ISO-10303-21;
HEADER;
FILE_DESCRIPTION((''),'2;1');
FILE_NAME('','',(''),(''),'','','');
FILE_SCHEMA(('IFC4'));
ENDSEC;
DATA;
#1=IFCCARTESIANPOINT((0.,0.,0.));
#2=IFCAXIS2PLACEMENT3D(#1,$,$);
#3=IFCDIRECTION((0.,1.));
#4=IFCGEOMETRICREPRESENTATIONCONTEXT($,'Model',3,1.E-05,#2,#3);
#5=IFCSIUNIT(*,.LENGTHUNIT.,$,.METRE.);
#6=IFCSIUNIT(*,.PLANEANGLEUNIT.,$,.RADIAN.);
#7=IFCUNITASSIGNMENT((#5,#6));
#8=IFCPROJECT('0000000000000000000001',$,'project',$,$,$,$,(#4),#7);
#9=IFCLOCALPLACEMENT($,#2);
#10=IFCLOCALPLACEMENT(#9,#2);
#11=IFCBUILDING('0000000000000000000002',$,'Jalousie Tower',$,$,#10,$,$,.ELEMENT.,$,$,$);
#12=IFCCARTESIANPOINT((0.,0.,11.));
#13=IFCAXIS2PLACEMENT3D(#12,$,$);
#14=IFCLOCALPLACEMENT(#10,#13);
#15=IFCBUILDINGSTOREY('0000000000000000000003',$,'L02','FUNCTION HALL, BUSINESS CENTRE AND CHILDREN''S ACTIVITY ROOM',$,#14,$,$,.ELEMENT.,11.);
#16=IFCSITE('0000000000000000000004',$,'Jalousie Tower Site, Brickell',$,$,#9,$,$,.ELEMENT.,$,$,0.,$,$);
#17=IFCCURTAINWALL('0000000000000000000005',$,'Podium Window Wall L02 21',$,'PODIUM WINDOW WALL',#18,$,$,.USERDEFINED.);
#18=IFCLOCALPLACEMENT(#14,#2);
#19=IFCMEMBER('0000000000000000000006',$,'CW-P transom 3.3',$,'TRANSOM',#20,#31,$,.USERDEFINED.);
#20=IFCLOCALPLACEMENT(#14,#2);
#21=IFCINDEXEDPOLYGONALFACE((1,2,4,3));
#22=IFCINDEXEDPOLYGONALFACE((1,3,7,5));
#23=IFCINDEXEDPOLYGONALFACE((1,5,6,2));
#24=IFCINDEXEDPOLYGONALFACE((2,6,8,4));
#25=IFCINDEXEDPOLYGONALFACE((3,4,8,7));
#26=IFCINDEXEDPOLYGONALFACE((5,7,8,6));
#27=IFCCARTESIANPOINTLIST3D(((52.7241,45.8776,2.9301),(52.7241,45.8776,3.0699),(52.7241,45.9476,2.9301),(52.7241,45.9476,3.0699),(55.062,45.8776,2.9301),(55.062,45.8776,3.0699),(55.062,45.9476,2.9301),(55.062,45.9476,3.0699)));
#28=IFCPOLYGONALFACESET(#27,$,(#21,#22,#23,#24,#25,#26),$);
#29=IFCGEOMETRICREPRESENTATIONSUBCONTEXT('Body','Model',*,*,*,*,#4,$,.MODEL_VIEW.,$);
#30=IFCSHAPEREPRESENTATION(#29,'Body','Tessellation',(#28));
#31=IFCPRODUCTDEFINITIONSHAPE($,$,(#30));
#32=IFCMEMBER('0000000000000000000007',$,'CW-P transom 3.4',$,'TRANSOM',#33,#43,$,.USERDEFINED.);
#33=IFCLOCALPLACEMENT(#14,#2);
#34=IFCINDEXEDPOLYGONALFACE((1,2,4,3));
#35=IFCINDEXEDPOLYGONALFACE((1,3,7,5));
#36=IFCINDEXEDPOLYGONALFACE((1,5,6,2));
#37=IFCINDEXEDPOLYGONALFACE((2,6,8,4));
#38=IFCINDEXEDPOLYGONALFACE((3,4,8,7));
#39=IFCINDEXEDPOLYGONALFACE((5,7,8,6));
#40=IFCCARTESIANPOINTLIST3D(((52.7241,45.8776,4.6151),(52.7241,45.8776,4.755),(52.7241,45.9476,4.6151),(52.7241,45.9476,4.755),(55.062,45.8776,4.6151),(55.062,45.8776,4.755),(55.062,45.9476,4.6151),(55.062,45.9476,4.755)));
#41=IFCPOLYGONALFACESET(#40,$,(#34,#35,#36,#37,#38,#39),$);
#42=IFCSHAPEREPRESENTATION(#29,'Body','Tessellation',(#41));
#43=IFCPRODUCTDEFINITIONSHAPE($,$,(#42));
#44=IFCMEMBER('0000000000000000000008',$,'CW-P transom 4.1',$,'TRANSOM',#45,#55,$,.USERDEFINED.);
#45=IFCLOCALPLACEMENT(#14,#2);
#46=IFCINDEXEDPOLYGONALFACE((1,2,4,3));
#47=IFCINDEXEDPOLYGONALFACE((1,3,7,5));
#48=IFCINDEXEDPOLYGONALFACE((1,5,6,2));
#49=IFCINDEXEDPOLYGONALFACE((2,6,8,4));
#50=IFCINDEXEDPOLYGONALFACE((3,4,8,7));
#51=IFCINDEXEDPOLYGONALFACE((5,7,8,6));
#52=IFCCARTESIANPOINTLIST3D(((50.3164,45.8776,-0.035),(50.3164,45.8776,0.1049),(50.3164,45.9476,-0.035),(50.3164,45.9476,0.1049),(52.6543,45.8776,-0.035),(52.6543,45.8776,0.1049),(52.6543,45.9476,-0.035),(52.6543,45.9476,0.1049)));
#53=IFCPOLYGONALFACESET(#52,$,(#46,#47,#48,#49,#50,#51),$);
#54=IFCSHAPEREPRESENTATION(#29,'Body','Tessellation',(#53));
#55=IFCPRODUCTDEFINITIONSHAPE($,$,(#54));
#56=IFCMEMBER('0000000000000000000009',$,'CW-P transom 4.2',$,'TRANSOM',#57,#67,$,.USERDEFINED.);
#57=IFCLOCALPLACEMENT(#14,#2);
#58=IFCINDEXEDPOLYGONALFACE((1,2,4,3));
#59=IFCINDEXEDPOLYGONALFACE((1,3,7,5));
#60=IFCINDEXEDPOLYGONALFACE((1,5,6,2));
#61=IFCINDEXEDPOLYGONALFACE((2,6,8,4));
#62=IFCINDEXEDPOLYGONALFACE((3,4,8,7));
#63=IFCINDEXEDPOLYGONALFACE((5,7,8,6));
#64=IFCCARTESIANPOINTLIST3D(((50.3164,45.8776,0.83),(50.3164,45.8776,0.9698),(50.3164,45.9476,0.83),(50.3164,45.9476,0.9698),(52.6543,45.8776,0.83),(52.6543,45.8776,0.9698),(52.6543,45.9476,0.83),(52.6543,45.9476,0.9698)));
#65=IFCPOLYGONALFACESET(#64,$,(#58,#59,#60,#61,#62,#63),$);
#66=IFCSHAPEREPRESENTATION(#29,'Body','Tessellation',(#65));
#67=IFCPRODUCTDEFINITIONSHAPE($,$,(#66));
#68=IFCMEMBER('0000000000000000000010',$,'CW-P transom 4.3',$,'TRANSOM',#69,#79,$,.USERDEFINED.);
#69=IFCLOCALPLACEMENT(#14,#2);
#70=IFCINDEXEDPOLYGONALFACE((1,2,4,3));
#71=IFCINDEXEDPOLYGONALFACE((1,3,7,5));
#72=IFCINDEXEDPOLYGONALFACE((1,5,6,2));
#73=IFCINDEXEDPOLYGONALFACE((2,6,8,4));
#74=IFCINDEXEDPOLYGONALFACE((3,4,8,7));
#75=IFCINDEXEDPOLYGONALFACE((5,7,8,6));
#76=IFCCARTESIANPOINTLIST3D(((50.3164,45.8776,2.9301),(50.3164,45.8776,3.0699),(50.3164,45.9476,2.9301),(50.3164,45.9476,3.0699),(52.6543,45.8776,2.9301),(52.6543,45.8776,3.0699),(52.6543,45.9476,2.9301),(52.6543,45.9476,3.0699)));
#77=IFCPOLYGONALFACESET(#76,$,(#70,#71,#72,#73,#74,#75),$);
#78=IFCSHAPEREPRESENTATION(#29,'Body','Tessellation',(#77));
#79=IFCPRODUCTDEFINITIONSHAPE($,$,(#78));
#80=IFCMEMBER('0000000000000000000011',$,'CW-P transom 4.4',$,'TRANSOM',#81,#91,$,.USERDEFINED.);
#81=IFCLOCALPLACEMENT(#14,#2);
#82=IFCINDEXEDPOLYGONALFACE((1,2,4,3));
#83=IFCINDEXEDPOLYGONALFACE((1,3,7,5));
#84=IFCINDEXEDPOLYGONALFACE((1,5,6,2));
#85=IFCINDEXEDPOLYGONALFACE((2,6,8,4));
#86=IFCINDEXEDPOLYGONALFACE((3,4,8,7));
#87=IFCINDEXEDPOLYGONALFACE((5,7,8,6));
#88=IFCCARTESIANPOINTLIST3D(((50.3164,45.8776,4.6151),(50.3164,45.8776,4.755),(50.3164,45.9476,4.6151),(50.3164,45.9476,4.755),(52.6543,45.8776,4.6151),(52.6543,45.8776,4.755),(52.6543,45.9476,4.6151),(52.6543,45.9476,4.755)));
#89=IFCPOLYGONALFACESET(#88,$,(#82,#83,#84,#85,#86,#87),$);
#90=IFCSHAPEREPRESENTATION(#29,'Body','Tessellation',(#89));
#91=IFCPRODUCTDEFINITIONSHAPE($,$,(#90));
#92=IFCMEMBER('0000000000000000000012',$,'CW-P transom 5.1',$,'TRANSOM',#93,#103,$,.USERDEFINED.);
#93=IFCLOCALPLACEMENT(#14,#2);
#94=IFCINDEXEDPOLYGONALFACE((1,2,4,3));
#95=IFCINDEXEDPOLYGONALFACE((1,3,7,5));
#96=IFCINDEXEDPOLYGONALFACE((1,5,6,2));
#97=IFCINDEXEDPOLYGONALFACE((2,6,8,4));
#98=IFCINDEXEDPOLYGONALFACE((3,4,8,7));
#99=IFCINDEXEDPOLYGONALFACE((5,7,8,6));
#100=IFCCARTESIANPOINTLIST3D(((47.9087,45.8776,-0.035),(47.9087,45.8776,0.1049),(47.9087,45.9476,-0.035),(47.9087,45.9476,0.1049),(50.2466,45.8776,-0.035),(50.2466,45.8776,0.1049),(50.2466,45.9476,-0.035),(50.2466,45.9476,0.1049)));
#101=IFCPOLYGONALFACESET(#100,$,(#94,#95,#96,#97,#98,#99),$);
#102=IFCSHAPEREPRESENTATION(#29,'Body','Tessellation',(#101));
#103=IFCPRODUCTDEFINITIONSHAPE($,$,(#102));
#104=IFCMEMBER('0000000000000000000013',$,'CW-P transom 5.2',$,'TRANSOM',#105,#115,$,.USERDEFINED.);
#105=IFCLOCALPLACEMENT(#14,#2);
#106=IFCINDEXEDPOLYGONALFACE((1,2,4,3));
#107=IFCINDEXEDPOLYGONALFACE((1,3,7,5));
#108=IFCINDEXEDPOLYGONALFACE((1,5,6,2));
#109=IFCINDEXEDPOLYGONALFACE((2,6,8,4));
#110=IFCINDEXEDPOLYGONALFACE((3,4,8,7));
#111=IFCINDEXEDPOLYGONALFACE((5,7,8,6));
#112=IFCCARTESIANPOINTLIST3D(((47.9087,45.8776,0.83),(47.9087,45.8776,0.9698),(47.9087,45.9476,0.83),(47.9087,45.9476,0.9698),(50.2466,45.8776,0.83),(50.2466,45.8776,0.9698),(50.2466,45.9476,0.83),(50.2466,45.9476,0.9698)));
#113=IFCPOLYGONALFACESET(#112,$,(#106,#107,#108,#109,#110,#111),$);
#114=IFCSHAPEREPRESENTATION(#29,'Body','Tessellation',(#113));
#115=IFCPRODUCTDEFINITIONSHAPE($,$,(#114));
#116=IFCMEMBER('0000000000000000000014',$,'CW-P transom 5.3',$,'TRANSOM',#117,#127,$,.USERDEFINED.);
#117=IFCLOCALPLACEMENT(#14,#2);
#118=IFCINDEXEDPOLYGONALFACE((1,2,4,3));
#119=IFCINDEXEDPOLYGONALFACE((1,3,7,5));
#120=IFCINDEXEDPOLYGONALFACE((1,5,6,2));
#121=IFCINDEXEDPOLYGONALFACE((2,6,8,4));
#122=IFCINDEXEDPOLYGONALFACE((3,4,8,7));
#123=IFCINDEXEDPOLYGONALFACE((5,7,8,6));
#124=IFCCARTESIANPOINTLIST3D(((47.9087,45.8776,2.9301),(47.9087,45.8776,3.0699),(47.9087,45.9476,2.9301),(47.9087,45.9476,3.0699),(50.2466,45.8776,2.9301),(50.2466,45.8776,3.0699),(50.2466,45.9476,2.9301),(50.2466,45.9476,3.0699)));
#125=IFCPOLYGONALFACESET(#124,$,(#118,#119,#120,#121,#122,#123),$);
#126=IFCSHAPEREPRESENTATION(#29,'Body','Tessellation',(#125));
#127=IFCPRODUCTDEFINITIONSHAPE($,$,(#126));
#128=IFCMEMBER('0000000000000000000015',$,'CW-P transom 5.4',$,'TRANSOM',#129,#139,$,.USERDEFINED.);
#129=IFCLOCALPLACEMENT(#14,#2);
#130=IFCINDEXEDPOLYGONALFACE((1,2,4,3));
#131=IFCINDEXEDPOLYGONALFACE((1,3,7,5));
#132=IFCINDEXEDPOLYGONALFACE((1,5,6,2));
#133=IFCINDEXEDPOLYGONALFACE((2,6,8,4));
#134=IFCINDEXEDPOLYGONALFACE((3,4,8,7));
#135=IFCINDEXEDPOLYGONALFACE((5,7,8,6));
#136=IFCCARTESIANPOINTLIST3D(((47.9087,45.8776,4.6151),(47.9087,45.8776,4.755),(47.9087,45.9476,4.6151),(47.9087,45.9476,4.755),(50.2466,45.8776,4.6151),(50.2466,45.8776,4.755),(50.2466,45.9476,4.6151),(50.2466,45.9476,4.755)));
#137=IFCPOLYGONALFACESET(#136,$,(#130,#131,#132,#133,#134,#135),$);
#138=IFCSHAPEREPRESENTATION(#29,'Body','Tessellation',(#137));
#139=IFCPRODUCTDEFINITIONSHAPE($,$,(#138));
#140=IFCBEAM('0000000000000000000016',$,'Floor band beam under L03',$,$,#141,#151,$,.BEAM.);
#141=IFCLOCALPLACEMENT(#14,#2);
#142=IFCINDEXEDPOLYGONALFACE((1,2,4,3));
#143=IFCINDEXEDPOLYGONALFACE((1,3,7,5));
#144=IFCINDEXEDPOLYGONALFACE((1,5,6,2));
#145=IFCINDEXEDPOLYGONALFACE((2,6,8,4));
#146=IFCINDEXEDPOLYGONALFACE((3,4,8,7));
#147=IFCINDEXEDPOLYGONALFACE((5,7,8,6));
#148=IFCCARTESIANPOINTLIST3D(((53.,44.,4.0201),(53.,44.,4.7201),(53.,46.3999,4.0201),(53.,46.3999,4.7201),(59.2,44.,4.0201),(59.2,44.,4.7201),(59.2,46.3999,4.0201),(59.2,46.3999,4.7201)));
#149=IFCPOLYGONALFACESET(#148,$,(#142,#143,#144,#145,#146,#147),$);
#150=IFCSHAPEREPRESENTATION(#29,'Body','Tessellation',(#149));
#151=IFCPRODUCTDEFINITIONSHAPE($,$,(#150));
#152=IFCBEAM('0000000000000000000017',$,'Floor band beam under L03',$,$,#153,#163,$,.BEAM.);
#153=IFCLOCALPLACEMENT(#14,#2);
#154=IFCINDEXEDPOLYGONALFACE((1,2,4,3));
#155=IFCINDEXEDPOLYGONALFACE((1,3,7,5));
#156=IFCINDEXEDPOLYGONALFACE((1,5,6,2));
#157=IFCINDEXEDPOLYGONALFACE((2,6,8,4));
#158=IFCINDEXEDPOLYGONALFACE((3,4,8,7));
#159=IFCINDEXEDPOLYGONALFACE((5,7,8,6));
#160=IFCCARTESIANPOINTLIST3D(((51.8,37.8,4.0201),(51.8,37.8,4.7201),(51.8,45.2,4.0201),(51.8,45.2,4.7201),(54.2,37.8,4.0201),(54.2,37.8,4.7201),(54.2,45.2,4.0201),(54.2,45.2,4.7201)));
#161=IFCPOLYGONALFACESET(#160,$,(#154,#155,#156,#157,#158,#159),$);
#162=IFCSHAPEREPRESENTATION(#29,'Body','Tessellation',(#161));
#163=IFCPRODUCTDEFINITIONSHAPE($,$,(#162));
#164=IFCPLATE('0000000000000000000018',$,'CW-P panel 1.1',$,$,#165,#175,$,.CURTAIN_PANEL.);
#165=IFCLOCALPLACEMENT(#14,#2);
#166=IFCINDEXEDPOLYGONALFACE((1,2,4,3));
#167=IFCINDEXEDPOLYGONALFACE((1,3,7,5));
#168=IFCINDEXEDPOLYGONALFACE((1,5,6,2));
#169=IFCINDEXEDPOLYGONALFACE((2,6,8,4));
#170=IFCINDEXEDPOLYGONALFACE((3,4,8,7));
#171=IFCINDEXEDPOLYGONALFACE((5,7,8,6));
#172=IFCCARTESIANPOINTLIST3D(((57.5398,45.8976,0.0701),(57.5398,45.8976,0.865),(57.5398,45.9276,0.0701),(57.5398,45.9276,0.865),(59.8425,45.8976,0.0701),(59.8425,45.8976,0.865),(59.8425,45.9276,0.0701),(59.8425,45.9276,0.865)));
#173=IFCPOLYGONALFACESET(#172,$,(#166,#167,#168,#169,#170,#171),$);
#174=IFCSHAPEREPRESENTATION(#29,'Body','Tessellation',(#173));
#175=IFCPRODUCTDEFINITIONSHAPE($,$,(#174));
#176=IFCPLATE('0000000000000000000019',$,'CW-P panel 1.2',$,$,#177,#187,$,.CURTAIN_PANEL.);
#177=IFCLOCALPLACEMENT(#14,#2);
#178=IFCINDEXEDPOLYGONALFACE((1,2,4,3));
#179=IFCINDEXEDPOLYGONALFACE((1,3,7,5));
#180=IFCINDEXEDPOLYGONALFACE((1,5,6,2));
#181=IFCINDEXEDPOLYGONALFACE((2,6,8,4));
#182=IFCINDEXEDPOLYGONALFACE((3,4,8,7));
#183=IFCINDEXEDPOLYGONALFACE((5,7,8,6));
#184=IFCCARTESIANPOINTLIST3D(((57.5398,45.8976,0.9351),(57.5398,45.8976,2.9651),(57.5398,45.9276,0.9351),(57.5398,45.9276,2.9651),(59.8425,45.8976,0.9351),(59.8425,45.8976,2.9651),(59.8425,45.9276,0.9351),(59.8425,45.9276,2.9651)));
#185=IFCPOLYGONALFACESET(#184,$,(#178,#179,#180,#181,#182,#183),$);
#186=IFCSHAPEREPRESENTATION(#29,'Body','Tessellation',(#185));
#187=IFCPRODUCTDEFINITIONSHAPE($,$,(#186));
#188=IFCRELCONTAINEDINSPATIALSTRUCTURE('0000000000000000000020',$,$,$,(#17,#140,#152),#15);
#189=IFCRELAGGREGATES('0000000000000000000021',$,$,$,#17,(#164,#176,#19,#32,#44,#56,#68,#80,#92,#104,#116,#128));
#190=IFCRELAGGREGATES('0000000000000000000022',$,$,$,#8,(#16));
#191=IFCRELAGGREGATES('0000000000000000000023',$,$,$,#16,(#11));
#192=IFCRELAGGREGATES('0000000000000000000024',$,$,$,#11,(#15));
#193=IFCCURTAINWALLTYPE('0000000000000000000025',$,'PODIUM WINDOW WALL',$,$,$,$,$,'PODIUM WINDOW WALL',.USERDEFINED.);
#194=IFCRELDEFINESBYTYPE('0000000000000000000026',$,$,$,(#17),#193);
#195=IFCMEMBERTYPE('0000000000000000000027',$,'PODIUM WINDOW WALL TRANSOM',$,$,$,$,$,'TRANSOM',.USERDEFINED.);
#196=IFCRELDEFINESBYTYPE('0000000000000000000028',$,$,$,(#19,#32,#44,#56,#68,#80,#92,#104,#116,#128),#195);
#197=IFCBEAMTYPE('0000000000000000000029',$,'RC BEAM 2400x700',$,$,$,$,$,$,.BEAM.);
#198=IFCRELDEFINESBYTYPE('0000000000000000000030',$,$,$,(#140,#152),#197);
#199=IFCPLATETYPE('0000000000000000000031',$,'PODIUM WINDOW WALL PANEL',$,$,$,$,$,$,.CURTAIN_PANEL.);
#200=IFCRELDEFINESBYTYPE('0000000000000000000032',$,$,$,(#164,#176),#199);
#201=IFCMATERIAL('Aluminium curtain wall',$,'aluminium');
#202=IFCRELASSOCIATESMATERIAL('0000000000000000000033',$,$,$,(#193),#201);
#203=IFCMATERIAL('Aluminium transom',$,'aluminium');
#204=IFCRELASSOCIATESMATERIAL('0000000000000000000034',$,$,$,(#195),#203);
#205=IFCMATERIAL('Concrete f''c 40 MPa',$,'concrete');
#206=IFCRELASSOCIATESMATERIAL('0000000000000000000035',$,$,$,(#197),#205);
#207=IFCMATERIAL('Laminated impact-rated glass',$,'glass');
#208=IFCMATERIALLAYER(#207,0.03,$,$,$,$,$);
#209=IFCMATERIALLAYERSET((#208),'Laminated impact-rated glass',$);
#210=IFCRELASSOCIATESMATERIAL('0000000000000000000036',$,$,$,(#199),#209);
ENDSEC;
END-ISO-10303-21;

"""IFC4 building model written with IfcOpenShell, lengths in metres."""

from ifc_helpers import new_model, si_unit, direction, frame, origin, origin_2d, place, context, subcontext, project, spatial, rectangle, extrude, material, layer, layer_set, material_profile, profile_set, type_object, element, aggregate, save


model = new_model("IFC4")

# Units and contexts
model_context = context("Model", 3, precision=1e-05, world=origin(), true_north=direction((0.0, 1.0)))
body_context = subcontext(model_context, "Body", "Model", "MODEL_VIEW")
ifc_project = project(units=[si_unit("LENGTHUNIT", "METRE"), si_unit("PLANEANGLEUNIT", "RADIAN")], contexts=[model_context])

# Site, building, storey
site_placement = place(None, origin())
site = spatial("IfcSite", under=ifc_project, at=site_placement, Name="Jalousie Tower Site, Brickell", CompositionType="ELEMENT", RefElevation=0.0)
building_placement = place(site_placement, origin())
building = spatial("IfcBuilding", under=site, at=building_placement, Name="Jalousie Tower", CompositionType="ELEMENT")
storey_placement = place(building_placement, frame((0.0, 0.0, 11.0)))
storey = spatial("IfcBuildingStorey", under=building, at=storey_placement, Name="L02", Description="FUNCTION HALL, BUSINESS CENTRE AND CHILDREN'S ACTIVITY ROOM", CompositionType="ELEMENT", Elevation=11.0)

# Curtain wall, members
ifc_material_1 = material(Name="Aluminium curtain wall", Category="aluminium")
curtain_wall_type = type_object("IfcCurtainWallType", Name="PODIUM WINDOW WALL", ElementType="PODIUM WINDOW WALL", PredefinedType="USERDEFINED", material=ifc_material_1)
curtain_wall_placement = place(storey_placement, origin())
curtain_wall = element("IfcCurtainWall", 1, at=curtain_wall_placement, inside=storey, type_object=curtain_wall_type, Name="Podium Window Wall L02 21", ObjectType="PODIUM WINDOW WALL", PredefinedType="USERDEFINED")
ifc_material_2 = material(Name="Aluminium transom", Category="aluminium")
ifc_material_profile_1 = material_profile(ifc_material_2, rectangle(XDim=0.0701, YDim=0.1399, at=origin_2d()), Name="TRANSOM 70x140")
ifc_profile_set_1 = profile_set([ifc_material_profile_1], Name="Aluminium transom")
member_type_1 = type_object("IfcMemberType", Name="PODIUM WINDOW WALL TRANSOM", ElementType="TRANSOM", PredefinedType="USERDEFINED", material=ifc_profile_set_1)
member_1_placement = place(storey_placement, frame((55.062, 45.9126, 3.0), z_axis=(-1.0, 0.0, 0.0), x_axis=(0.0, -1.0, 0.0)))
member_1 = element("IfcMember", 2, at=member_1_placement, type_object=member_type_1, Name="CW-P transom 3.3", ObjectType="TRANSOM", PredefinedType="USERDEFINED", context=body_context, shape_type="SweptSolid", body=[
    extrude(rectangle(XDim=0.0701, YDim=0.1399, at=origin_2d()), origin(), (0.0, 0.0, 1.0), 2.3379),
])
member_2_placement = place(storey_placement, frame((55.062, 45.9126, 4.6851), z_axis=(-1.0, 0.0, 0.0), x_axis=(0.0, -1.0, 0.0)))
member_2 = element("IfcMember", 3, at=member_2_placement, type_object=member_type_1, Name="CW-P transom 3.4", ObjectType="TRANSOM", PredefinedType="USERDEFINED", context=body_context, shape_type="SweptSolid", body=[
    extrude(rectangle(XDim=0.0701, YDim=0.1399, at=origin_2d()), origin(), (0.0, 0.0, 1.0), 2.3379),
])
member_3_placement = place(storey_placement, frame((52.6543, 45.9126, 0.0349), z_axis=(-1.0, 0.0, 0.0), x_axis=(0.0, -1.0, 0.0)))
member_3 = element("IfcMember", 4, at=member_3_placement, type_object=member_type_1, Name="CW-P transom 4.1", ObjectType="TRANSOM", PredefinedType="USERDEFINED", context=body_context, shape_type="SweptSolid", body=[
    extrude(rectangle(XDim=0.0701, YDim=0.1399, at=origin_2d()), origin(), (0.0, 0.0, 1.0), 2.3379),
])
member_4_placement = place(storey_placement, frame((52.6543, 45.9126, 0.8999), z_axis=(-1.0, 0.0, 0.0), x_axis=(0.0, -1.0, 0.0)))
member_4 = element("IfcMember", 5, at=member_4_placement, type_object=member_type_1, Name="CW-P transom 4.2", ObjectType="TRANSOM", PredefinedType="USERDEFINED", context=body_context, shape_type="SweptSolid", body=[
    extrude(rectangle(XDim=0.0701, YDim=0.1399, at=origin_2d()), origin(), (0.0, 0.0, 1.0), 2.3379),
])
member_5_placement = place(storey_placement, frame((52.6543, 45.9126, 3.0), z_axis=(-1.0, 0.0, 0.0), x_axis=(0.0, -1.0, 0.0)))
member_5 = element("IfcMember", 6, at=member_5_placement, type_object=member_type_1, Name="CW-P transom 4.3", ObjectType="TRANSOM", PredefinedType="USERDEFINED", context=body_context, shape_type="SweptSolid", body=[
    extrude(rectangle(XDim=0.0701, YDim=0.1399, at=origin_2d()), origin(), (0.0, 0.0, 1.0), 2.3379),
])
member_6_placement = place(storey_placement, frame((52.6543, 45.9126, 4.6851), z_axis=(-1.0, 0.0, 0.0), x_axis=(0.0, -1.0, 0.0)))
member_6 = element("IfcMember", 7, at=member_6_placement, type_object=member_type_1, Name="CW-P transom 4.4", ObjectType="TRANSOM", PredefinedType="USERDEFINED", context=body_context, shape_type="SweptSolid", body=[
    extrude(rectangle(XDim=0.0701, YDim=0.1399, at=origin_2d()), origin(), (0.0, 0.0, 1.0), 2.3379),
])
member_7_placement = place(storey_placement, frame((50.2466, 45.9126, 0.0349), z_axis=(-1.0, 0.0, 0.0), x_axis=(0.0, -1.0, 0.0)))
member_7 = element("IfcMember", 8, at=member_7_placement, type_object=member_type_1, Name="CW-P transom 5.1", ObjectType="TRANSOM", PredefinedType="USERDEFINED", context=body_context, shape_type="SweptSolid", body=[
    extrude(rectangle(XDim=0.0701, YDim=0.1399, at=origin_2d()), origin(), (0.0, 0.0, 1.0), 2.3379),
])
member_8_placement = place(storey_placement, frame((50.2466, 45.9126, 0.8999), z_axis=(-1.0, 0.0, 0.0), x_axis=(0.0, -1.0, 0.0)))
member_8 = element("IfcMember", 9, at=member_8_placement, type_object=member_type_1, Name="CW-P transom 5.2", ObjectType="TRANSOM", PredefinedType="USERDEFINED", context=body_context, shape_type="SweptSolid", body=[
    extrude(rectangle(XDim=0.0701, YDim=0.1399, at=origin_2d()), origin(), (0.0, 0.0, 1.0), 2.3379),
])
member_9_placement = place(storey_placement, frame((50.2466, 45.9126, 3.0), z_axis=(-1.0, 0.0, 0.0), x_axis=(0.0, -1.0, 0.0)))
member_9 = element("IfcMember", 10, at=member_9_placement, type_object=member_type_1, Name="CW-P transom 5.3", ObjectType="TRANSOM", PredefinedType="USERDEFINED", context=body_context, shape_type="SweptSolid", body=[
    extrude(rectangle(XDim=0.0701, YDim=0.1399, at=origin_2d()), origin(), (0.0, 0.0, 1.0), 2.3379),
])
member_10_placement = place(storey_placement, frame((50.2466, 45.9126, 4.6851), z_axis=(-1.0, 0.0, 0.0), x_axis=(0.0, -1.0, 0.0)))
member_10 = element("IfcMember", 11, at=member_10_placement, type_object=member_type_1, Name="CW-P transom 5.4", ObjectType="TRANSOM", PredefinedType="USERDEFINED", context=body_context, shape_type="SweptSolid", body=[
    extrude(rectangle(XDim=0.0701, YDim=0.1399, at=origin_2d()), origin(), (0.0, 0.0, 1.0), 2.3379),
])

# Beams
ifc_material_3 = material(Name="Concrete f'c 40 MPa", Category="concrete")
ifc_material_profile_2 = material_profile(ifc_material_3, rectangle(XDim=2.3999, YDim=0.7, at=origin_2d()), Name="RC 2400x700")
ifc_profile_set_2 = profile_set([ifc_material_profile_2], Name="Concrete f'c 40 MPa")
beam_type_1 = type_object("IfcBeamType", Name="RC BEAM 2400x700", PredefinedType="BEAM", material=ifc_profile_set_2)
beam_1_placement = place(storey_placement, frame((53.0, 45.2, 4.3701), z_axis=(1.0, 0.0, 0.0), x_axis=(0.0, 1.0, 0.0)))
element("IfcBeam", 12, at=beam_1_placement, inside=storey, type_object=beam_type_1, Name="Floor band beam under L03", PredefinedType="BEAM", context=body_context, shape_type="SweptSolid", body=[
    extrude(rectangle(XDim=2.3999, YDim=0.7, at=origin_2d()), origin(), (0.0, 0.0, 1.0), 6.2),
])
beam_2_placement = place(storey_placement, frame((53.0, 45.2, 4.3701), z_axis=(0.0, -1.0, 0.0), x_axis=(1.0, 0.0, 0.0)))
element("IfcBeam", 13, at=beam_2_placement, inside=storey, type_object=beam_type_1, Name="Floor band beam under L03", PredefinedType="BEAM", context=body_context, shape_type="SweptSolid", body=[
    extrude(rectangle(XDim=2.3999, YDim=0.7, at=origin_2d()), origin(), (0.0, 0.0, 1.0), 7.3999),
])

# Plates
ifc_material_4 = material(Name="Laminated impact-rated glass", Category="glass")
ifc_layer = layer(ifc_material_4, 0.03)
ifc_layer_set = layer_set([ifc_layer], Name="Laminated impact-rated glass")
plate_type = type_object("IfcPlateType", Name="PODIUM WINDOW WALL PANEL", PredefinedType="CURTAIN_PANEL", material=ifc_layer_set)
plate_1_placement = place(storey_placement, frame((58.6912, 45.9126, 0.0701), z_axis=(0.0, 0.0, 1.0), x_axis=(-1.0, 0.0, 0.0)))
plate_1 = element("IfcPlate", 14, at=plate_1_placement, type_object=plate_type, Name="CW-P panel 1.1", PredefinedType="CURTAIN_PANEL", context=body_context, shape_type="SweptSolid", body=[
    extrude(rectangle(XDim=2.3027, YDim=0.03, at=origin_2d()), origin(), (0.0, 0.0, 1.0), 0.7949),
])
plate_2_placement = place(storey_placement, frame((58.6912, 45.9126, 0.9351), z_axis=(0.0, 0.0, 1.0), x_axis=(-1.0, 0.0, 0.0)))
plate_2 = element("IfcPlate", 15, at=plate_2_placement, type_object=plate_type, Name="CW-P panel 1.2", PredefinedType="CURTAIN_PANEL", context=body_context, shape_type="SweptSolid", body=[
    extrude(rectangle(XDim=2.3027, YDim=0.03, at=origin_2d()), origin(), (0.0, 0.0, 1.0), 2.03),
])
aggregate(curtain_wall, [plate_1, plate_2, member_1, member_2, member_3, member_4, member_5, member_6, member_7, member_8, member_9, member_10])

save(model, "model.ifc")
